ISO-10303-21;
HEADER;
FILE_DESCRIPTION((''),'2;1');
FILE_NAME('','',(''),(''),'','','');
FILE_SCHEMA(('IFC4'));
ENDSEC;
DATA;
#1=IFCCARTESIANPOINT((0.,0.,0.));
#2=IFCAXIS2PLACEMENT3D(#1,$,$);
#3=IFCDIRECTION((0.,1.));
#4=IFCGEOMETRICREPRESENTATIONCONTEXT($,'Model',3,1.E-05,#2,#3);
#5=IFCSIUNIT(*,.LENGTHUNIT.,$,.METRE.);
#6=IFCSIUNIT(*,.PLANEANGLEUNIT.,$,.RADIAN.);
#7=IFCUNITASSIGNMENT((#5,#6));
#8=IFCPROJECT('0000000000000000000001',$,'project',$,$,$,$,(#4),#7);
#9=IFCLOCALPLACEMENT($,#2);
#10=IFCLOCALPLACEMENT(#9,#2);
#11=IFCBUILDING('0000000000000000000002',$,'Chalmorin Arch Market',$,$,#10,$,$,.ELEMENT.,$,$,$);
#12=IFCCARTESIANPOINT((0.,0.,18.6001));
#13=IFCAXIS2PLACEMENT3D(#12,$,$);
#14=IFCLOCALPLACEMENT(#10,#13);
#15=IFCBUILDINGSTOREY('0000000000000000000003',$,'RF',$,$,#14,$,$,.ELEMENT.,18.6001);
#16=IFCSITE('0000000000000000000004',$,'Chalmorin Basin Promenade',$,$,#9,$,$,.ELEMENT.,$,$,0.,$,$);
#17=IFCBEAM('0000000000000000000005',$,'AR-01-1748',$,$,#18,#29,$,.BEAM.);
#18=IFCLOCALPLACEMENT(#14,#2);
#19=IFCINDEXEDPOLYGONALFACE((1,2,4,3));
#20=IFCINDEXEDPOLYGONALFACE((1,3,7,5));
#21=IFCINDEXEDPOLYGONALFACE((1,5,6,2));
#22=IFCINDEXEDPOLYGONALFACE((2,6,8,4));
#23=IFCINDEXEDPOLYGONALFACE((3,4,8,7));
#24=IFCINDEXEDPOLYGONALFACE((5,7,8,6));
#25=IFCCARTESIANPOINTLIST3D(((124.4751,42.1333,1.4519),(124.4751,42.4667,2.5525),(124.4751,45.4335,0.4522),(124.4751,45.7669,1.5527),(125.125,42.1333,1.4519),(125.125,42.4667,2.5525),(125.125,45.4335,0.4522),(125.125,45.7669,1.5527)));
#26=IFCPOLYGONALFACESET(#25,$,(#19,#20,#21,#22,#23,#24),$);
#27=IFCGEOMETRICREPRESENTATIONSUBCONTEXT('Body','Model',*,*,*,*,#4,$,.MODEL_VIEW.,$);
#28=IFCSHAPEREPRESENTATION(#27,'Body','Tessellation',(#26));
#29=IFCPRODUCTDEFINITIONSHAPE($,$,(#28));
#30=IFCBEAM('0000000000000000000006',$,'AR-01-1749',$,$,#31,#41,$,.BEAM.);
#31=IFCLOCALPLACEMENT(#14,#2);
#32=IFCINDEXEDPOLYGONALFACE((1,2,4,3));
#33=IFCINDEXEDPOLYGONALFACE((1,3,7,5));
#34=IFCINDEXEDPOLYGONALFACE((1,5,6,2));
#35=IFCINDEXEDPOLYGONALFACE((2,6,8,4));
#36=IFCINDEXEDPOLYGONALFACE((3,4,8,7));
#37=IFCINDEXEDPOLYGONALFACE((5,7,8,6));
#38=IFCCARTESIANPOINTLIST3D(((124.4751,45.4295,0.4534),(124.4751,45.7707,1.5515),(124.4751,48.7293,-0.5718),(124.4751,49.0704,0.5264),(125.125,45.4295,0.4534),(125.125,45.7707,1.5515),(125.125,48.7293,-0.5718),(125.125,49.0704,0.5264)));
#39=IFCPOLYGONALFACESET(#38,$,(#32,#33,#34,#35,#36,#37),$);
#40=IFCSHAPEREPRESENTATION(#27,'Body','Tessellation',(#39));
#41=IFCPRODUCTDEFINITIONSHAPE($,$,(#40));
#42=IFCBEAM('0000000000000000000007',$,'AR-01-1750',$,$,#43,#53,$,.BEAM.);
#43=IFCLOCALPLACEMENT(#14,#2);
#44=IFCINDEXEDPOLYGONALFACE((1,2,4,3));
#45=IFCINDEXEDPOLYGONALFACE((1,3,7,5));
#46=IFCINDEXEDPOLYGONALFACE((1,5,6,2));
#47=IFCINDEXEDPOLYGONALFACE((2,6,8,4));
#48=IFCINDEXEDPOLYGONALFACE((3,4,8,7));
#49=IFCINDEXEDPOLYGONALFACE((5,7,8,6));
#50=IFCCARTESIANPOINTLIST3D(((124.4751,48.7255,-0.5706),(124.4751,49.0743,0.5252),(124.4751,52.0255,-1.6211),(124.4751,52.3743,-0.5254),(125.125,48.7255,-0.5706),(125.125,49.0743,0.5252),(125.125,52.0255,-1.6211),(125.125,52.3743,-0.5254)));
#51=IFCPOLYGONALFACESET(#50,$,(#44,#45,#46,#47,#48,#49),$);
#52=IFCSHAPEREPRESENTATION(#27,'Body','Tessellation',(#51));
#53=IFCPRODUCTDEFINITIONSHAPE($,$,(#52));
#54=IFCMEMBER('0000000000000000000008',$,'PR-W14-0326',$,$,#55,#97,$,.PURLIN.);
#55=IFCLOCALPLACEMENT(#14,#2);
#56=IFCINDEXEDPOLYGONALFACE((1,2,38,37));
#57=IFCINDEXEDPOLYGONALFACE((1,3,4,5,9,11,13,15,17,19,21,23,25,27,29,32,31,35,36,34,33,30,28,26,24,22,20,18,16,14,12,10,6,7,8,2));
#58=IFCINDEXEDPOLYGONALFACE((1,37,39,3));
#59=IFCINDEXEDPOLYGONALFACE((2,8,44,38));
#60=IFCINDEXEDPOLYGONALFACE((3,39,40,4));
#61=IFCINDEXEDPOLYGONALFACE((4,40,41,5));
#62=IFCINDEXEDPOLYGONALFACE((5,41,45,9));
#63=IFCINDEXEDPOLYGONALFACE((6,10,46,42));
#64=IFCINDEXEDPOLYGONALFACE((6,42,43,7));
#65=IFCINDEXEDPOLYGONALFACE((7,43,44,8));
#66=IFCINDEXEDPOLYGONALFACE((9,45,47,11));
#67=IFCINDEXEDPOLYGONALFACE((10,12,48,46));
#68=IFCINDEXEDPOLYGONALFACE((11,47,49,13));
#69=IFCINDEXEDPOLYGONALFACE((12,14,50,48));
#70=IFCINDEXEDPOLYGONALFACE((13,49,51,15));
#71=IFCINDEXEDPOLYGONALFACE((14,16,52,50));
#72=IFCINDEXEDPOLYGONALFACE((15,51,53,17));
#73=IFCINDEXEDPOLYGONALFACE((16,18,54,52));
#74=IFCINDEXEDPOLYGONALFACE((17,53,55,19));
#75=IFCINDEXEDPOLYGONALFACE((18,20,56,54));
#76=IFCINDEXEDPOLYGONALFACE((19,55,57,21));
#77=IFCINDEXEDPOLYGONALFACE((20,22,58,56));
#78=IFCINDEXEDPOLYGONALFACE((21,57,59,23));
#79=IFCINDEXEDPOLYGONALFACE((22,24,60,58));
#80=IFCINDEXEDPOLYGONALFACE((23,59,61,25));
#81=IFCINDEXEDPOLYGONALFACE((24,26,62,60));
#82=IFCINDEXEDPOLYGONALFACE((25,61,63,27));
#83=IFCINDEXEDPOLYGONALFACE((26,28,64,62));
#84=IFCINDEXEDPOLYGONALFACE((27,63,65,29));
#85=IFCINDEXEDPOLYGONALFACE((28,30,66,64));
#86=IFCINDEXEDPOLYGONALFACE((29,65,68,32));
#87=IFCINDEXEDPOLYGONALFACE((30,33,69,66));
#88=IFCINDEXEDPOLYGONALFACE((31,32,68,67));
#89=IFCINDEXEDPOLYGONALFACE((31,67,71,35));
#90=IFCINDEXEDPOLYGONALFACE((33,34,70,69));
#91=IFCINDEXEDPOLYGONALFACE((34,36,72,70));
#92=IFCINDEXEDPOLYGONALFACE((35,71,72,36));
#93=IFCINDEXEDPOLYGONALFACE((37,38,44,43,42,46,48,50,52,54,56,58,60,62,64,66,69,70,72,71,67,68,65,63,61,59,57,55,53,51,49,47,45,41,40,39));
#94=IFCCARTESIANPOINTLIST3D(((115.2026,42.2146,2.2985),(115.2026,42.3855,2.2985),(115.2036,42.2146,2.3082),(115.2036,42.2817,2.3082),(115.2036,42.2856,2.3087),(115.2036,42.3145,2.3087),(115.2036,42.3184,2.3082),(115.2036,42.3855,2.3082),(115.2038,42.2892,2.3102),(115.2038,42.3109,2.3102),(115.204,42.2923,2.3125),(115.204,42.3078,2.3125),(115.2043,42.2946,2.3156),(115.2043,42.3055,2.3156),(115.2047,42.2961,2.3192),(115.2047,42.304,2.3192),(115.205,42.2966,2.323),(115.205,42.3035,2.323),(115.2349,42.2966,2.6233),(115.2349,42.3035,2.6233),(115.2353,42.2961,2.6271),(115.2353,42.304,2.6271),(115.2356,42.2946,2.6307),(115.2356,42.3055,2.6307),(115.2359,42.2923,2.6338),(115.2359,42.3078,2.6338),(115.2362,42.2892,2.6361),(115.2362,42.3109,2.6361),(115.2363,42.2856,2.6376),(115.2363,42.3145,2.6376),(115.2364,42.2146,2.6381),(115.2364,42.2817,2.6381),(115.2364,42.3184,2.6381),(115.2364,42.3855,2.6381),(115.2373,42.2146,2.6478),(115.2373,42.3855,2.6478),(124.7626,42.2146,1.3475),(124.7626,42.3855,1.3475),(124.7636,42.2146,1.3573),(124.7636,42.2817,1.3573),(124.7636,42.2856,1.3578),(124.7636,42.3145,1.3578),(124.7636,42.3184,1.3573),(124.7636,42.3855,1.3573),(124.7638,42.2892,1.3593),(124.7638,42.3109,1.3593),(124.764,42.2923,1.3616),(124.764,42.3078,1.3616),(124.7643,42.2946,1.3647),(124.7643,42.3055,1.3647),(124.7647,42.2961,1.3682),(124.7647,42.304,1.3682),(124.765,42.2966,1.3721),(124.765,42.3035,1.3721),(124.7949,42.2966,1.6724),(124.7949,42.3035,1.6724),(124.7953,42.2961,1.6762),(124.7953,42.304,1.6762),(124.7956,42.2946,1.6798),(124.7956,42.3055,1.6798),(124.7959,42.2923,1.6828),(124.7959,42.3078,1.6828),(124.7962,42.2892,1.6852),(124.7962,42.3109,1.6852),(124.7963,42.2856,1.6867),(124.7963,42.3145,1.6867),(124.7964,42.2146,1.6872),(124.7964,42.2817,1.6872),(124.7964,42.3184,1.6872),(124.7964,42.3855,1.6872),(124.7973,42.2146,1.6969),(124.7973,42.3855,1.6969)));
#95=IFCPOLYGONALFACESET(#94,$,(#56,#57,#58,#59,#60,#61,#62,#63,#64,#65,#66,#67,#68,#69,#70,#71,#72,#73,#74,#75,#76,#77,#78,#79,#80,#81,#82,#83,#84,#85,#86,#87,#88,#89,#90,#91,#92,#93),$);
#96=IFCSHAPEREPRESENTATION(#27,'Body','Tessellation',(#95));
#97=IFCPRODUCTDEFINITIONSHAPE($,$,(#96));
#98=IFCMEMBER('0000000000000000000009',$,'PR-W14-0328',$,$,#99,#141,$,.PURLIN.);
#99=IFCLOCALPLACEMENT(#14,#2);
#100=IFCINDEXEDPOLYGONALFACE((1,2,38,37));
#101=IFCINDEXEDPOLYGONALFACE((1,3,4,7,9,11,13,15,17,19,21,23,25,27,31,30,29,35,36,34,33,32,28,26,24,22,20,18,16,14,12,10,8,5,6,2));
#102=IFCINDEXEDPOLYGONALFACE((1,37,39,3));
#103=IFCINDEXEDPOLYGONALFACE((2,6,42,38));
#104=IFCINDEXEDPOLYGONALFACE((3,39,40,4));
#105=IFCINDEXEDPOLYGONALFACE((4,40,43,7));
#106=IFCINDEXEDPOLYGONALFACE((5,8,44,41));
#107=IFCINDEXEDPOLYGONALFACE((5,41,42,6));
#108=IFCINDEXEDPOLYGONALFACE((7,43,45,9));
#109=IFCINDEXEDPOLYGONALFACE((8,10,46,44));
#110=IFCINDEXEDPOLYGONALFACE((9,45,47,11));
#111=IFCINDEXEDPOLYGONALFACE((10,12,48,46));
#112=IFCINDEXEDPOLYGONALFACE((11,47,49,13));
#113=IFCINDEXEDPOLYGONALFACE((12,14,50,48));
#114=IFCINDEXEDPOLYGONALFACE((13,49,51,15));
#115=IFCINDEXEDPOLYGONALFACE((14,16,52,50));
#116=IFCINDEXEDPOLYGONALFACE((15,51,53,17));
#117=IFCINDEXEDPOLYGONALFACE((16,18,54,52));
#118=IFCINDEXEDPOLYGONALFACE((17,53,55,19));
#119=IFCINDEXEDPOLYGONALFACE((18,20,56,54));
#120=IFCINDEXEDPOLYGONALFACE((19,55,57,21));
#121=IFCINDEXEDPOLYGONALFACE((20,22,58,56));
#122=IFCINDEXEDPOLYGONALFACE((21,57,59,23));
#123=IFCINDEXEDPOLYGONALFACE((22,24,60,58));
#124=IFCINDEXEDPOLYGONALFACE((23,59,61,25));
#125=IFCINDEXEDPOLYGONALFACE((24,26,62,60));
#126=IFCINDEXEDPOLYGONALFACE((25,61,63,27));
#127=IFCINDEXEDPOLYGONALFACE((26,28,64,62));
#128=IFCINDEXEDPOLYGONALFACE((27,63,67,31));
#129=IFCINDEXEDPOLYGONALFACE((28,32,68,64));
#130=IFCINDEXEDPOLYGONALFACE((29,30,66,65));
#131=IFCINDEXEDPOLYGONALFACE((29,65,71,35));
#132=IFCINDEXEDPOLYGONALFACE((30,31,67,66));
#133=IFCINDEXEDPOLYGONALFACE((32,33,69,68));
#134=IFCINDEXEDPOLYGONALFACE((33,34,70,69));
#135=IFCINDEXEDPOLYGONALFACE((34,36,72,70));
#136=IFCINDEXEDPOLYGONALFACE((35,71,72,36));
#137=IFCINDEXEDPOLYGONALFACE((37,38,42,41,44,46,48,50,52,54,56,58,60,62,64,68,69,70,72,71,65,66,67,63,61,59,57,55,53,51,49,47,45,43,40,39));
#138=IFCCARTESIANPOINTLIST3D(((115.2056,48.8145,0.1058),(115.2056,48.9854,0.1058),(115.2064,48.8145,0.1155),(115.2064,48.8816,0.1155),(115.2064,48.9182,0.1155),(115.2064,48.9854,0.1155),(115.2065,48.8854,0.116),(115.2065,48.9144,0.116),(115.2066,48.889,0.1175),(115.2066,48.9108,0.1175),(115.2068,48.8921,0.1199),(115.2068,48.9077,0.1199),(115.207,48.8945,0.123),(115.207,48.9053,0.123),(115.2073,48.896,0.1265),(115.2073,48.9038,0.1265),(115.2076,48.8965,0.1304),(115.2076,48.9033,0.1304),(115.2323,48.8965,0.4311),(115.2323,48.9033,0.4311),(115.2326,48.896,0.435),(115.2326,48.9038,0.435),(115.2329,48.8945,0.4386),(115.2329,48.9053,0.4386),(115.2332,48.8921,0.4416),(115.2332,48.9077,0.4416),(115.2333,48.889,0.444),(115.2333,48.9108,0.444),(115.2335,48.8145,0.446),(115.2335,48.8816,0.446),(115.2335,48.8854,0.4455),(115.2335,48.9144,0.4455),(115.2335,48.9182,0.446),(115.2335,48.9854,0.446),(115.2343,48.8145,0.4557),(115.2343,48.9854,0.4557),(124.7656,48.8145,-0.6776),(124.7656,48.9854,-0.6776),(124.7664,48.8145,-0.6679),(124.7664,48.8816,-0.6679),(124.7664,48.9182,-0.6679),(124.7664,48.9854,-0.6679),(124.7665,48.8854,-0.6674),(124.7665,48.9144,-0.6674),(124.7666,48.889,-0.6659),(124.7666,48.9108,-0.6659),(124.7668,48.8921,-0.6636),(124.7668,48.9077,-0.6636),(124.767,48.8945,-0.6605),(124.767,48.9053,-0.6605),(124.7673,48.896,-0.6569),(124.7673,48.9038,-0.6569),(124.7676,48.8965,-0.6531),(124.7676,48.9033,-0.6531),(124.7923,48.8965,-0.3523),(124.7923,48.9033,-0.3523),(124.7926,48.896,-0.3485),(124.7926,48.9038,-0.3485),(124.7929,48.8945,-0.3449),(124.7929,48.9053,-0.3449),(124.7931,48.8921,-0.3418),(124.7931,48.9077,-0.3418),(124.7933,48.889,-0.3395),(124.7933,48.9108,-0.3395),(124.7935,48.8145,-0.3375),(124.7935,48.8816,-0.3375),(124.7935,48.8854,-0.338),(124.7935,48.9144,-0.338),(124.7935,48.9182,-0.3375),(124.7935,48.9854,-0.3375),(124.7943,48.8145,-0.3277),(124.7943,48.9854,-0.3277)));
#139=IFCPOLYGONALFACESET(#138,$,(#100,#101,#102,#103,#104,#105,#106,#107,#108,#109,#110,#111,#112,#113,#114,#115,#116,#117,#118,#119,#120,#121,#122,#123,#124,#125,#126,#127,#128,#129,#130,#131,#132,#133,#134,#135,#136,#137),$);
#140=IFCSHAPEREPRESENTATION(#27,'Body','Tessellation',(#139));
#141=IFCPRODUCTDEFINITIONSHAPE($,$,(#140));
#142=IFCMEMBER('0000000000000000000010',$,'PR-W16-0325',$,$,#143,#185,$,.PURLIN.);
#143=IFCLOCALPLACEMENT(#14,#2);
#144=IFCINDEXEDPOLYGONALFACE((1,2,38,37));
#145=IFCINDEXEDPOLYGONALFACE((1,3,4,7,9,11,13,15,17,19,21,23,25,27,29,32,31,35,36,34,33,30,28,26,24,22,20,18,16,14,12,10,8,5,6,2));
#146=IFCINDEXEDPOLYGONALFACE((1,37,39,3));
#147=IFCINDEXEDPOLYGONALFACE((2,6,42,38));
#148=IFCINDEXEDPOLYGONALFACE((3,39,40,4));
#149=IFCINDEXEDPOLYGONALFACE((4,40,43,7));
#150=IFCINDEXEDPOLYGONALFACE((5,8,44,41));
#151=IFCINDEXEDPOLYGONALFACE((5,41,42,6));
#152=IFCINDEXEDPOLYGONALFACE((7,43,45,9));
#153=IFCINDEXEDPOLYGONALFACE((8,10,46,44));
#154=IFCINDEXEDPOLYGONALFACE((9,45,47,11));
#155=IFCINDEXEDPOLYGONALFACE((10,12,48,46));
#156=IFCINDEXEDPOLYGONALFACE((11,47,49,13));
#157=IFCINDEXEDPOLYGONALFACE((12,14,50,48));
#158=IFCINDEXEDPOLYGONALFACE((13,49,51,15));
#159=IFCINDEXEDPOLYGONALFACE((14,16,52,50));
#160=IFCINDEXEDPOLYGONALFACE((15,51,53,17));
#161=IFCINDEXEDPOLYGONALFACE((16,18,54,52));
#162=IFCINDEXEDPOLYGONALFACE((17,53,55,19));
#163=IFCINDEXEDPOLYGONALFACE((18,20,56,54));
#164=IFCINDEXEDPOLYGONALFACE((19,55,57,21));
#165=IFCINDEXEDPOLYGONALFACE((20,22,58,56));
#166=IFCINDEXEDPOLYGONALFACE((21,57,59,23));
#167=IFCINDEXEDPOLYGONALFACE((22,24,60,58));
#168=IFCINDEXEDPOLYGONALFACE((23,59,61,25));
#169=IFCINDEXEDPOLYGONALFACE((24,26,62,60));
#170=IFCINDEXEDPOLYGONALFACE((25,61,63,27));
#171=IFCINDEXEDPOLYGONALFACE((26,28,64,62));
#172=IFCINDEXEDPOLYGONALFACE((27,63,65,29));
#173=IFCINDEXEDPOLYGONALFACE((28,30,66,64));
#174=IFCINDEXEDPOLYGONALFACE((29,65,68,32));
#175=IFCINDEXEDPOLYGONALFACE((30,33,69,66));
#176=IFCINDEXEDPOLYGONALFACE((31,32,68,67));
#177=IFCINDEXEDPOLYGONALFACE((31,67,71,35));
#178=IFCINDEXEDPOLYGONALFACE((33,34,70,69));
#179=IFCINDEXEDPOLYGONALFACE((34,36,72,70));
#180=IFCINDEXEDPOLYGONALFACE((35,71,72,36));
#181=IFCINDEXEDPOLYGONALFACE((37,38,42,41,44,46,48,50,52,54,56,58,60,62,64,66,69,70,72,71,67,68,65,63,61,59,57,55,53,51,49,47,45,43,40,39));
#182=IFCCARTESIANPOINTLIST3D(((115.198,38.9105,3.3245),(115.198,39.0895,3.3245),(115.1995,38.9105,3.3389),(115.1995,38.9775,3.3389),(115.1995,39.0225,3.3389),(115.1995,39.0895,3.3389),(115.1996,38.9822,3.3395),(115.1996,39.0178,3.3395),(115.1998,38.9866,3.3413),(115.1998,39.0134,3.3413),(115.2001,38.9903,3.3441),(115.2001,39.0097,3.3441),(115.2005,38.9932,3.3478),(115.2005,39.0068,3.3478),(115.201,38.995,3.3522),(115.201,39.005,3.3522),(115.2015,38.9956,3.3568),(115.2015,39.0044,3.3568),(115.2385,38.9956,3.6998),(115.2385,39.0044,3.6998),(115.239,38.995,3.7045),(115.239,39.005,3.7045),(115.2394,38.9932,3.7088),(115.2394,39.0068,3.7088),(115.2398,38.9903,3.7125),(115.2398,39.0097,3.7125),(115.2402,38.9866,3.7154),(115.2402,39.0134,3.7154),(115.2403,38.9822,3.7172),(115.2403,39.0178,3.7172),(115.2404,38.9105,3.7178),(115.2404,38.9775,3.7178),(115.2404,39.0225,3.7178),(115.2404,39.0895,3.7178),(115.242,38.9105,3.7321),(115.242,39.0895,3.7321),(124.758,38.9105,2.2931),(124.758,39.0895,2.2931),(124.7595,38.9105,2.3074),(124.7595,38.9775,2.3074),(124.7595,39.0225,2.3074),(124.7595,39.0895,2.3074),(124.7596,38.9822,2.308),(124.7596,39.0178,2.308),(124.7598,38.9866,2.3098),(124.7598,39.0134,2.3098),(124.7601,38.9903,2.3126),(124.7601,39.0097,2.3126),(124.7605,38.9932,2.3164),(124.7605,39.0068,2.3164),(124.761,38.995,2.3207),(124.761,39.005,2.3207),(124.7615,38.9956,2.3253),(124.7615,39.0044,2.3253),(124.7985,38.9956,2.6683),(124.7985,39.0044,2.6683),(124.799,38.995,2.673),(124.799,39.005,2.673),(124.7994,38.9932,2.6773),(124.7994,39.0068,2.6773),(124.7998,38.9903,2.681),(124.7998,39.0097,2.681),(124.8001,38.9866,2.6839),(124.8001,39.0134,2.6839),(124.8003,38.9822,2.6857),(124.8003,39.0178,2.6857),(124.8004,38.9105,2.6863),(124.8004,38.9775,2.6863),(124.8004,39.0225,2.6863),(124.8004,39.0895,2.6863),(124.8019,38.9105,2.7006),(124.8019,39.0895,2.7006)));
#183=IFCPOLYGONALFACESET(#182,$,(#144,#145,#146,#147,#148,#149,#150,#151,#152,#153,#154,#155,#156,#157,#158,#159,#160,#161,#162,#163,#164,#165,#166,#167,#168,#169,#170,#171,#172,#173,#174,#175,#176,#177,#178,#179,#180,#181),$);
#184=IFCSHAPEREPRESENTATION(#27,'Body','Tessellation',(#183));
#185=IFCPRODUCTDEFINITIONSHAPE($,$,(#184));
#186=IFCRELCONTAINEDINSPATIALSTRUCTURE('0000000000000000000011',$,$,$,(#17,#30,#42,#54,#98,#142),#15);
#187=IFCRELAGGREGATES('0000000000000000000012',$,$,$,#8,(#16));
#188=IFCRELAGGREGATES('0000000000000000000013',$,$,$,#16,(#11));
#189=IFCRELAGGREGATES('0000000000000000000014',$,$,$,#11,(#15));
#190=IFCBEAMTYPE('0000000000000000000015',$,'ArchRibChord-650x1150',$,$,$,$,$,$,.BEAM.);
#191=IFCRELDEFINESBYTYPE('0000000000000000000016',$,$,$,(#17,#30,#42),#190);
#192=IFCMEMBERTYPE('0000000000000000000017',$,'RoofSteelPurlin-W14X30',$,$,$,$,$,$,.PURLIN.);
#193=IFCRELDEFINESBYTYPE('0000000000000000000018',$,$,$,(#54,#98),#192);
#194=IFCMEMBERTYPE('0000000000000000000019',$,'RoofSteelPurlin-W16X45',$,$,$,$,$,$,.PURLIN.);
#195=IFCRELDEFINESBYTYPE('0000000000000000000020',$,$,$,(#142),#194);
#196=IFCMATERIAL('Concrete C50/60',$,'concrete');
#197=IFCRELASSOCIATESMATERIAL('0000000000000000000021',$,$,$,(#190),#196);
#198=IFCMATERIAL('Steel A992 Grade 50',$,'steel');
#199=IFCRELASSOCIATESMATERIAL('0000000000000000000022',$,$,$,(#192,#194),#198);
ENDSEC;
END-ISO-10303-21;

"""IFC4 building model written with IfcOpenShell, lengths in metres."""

from ifc_helpers import new_model, si_unit, direction, frame, origin, origin_2d, place, context, subcontext, project, spatial, rectangle, i_section, extrude, material, material_profile, profile_set, type_object, element, save


model = new_model("IFC4")

# Units and contexts
model_context = context("Model", 3, precision=1e-05, world=origin(), true_north=direction((0.0, 1.0)))
body_context = subcontext(model_context, "Body", "Model", "MODEL_VIEW")
ifc_project = project(units=[si_unit("LENGTHUNIT", "METRE"), si_unit("PLANEANGLEUNIT", "RADIAN")], contexts=[model_context])

# Site, building, storey
site_placement = place(None, origin())
site = spatial("IfcSite", under=ifc_project, at=site_placement, Name="Chalmorin Basin Promenade", CompositionType="ELEMENT", RefElevation=0.0)
building_placement = place(site_placement, origin())
building = spatial("IfcBuilding", under=site, at=building_placement, Name="Chalmorin Arch Market", CompositionType="ELEMENT")
storey_placement = place(building_placement, frame((0.0, 0.0, 18.6001)))
storey = spatial("IfcBuildingStorey", under=building, at=storey_placement, Name="RF", CompositionType="ELEMENT", Elevation=18.6001)

# Beams
ifc_material_1 = material(Name="Concrete C50/60", Category="concrete")
ifc_material_profile_1 = material_profile(ifc_material_1, rectangle(XDim=0.6499, YDim=1.1499, at=origin_2d()), Name="RC650X1150")
ifc_profile_set_1 = profile_set([ifc_material_profile_1], Name="Concrete C50/60")
beam_type = type_object("IfcBeamType", Name="ArchRibChord-650x1150", PredefinedType="BEAM", material=ifc_profile_set_1)
beam_1_placement = place(storey_placement, frame((124.8, 42.3, 2.0022), z_axis=(0.0, 0.957045, -0.289939), x_axis=(-1.0, 0.0, 0.0)))
element("IfcBeam", 1, at=beam_1_placement, inside=storey, type_object=beam_type, Name="AR-01-1748", PredefinedType="BEAM", context=body_context, shape_type="SweptSolid", body=[
    extrude(rectangle(XDim=0.6499, YDim=1.1499, at=origin_2d()), origin(), (0.0, 0.0, 1.0), 3.4482),
])
beam_2_placement = place(storey_placement, frame((124.8, 45.6001, 1.0024), z_axis=(0.0, 0.954977, -0.296681), x_axis=(-1.0, 0.0, 0.0)))
element("IfcBeam", 2, at=beam_2_placement, inside=storey, type_object=beam_type, Name="AR-01-1749", PredefinedType="BEAM", context=body_context, shape_type="SweptSolid", body=[
    extrude(rectangle(XDim=0.6499, YDim=1.1499, at=origin_2d()), origin(), (0.0, 0.0, 1.0), 3.4553),
])
beam_3_placement = place(storey_placement, frame((124.8, 48.8999, -0.0227), z_axis=(0.0, 0.952882, -0.30334), x_axis=(-1.0, 0.0, 0.0)))
element("IfcBeam", 3, at=beam_3_placement, inside=storey, type_object=beam_type, Name="AR-01-1750", PredefinedType="BEAM", context=body_context, shape_type="SweptSolid", body=[
    extrude(rectangle(XDim=0.6499, YDim=1.1499, at=origin_2d()), origin(), (0.0, 0.0, 1.0), 3.4631),
])

# Members
ifc_material_2 = material(Name="Steel A992 Grade 50", Category="steel")
ifc_material_profile_2 = material_profile(ifc_material_2, i_section(OverallWidth=0.1709, OverallDepth=0.3511, WebThickness=0.0068, FlangeThickness=0.0098, FilletRadius=0.0149, at=origin_2d()), Name="W14X30")
ifc_profile_set_2 = profile_set([ifc_material_profile_2], Name="Steel A992 Grade 50")
member_type_1 = type_object("IfcMemberType", Name="RoofSteelPurlin-W14X30", PredefinedType="PURLIN", material=ifc_profile_set_2)
member_1_placement = place(storey_placement, frame((115.22, 42.3, 2.4731), z_axis=(0.995089, 0.0, -0.09898), x_axis=(0.0, 1.0, 0.0)))
element("IfcMember", 4, at=member_1_placement, inside=storey, type_object=member_type_1, Name="PR-W14-0326", PredefinedType="PURLIN", context=body_context, shape_type="SweptSolid", body=[
    extrude(i_section(OverallWidth=0.1709, OverallDepth=0.3511, WebThickness=0.0068, FlangeThickness=0.0098, FilletRadius=0.0149, at=origin_2d()), origin(), (0.0, 0.0, 1.0), 9.6072),
])
member_2_placement = place(storey_placement, frame((115.22, 48.8999, 0.2808), z_axis=(0.996659, 0.0, -0.081676), x_axis=(0.0, 1.0, 0.0)))
element("IfcMember", 5, at=member_2_placement, inside=storey, type_object=member_type_1, Name="PR-W14-0328", PredefinedType="PURLIN", context=body_context, shape_type="SweptSolid", body=[
    extrude(i_section(OverallWidth=0.1709, OverallDepth=0.3511, WebThickness=0.0068, FlangeThickness=0.0098, FilletRadius=0.0149, at=origin_2d()), origin(), (0.0, 0.0, 1.0), 9.592),
])
ifc_material_profile_3 = material_profile(ifc_material_2, i_section(OverallWidth=0.179, OverallDepth=0.4099, WebThickness=0.0088, FlangeThickness=0.0144, FilletRadius=0.0181, at=origin_2d()), Name="W16X45")
ifc_profile_set_3 = profile_set([ifc_material_profile_3], Name="Steel A992 Grade 50")
member_type_2 = type_object("IfcMemberType", Name="RoofSteelPurlin-W16X45", PredefinedType="PURLIN", material=ifc_profile_set_3)
member_3_placement = place(storey_placement, frame((115.22, 39.0, 3.5283), z_axis=(0.99423, 0.0, -0.107274), x_axis=(0.0, 1.0, 0.0)))
element("IfcMember", 6, at=member_3_placement, inside=storey, type_object=member_type_2, Name="PR-W16-0325", PredefinedType="PURLIN", context=body_context, shape_type="SweptSolid", body=[
    extrude(i_section(OverallWidth=0.179, OverallDepth=0.4099, WebThickness=0.0088, FlangeThickness=0.0144, FilletRadius=0.0181, at=origin_2d()), origin(), (0.0, 0.0, 1.0), 9.6155),
])

save(model, "model.ifc")
